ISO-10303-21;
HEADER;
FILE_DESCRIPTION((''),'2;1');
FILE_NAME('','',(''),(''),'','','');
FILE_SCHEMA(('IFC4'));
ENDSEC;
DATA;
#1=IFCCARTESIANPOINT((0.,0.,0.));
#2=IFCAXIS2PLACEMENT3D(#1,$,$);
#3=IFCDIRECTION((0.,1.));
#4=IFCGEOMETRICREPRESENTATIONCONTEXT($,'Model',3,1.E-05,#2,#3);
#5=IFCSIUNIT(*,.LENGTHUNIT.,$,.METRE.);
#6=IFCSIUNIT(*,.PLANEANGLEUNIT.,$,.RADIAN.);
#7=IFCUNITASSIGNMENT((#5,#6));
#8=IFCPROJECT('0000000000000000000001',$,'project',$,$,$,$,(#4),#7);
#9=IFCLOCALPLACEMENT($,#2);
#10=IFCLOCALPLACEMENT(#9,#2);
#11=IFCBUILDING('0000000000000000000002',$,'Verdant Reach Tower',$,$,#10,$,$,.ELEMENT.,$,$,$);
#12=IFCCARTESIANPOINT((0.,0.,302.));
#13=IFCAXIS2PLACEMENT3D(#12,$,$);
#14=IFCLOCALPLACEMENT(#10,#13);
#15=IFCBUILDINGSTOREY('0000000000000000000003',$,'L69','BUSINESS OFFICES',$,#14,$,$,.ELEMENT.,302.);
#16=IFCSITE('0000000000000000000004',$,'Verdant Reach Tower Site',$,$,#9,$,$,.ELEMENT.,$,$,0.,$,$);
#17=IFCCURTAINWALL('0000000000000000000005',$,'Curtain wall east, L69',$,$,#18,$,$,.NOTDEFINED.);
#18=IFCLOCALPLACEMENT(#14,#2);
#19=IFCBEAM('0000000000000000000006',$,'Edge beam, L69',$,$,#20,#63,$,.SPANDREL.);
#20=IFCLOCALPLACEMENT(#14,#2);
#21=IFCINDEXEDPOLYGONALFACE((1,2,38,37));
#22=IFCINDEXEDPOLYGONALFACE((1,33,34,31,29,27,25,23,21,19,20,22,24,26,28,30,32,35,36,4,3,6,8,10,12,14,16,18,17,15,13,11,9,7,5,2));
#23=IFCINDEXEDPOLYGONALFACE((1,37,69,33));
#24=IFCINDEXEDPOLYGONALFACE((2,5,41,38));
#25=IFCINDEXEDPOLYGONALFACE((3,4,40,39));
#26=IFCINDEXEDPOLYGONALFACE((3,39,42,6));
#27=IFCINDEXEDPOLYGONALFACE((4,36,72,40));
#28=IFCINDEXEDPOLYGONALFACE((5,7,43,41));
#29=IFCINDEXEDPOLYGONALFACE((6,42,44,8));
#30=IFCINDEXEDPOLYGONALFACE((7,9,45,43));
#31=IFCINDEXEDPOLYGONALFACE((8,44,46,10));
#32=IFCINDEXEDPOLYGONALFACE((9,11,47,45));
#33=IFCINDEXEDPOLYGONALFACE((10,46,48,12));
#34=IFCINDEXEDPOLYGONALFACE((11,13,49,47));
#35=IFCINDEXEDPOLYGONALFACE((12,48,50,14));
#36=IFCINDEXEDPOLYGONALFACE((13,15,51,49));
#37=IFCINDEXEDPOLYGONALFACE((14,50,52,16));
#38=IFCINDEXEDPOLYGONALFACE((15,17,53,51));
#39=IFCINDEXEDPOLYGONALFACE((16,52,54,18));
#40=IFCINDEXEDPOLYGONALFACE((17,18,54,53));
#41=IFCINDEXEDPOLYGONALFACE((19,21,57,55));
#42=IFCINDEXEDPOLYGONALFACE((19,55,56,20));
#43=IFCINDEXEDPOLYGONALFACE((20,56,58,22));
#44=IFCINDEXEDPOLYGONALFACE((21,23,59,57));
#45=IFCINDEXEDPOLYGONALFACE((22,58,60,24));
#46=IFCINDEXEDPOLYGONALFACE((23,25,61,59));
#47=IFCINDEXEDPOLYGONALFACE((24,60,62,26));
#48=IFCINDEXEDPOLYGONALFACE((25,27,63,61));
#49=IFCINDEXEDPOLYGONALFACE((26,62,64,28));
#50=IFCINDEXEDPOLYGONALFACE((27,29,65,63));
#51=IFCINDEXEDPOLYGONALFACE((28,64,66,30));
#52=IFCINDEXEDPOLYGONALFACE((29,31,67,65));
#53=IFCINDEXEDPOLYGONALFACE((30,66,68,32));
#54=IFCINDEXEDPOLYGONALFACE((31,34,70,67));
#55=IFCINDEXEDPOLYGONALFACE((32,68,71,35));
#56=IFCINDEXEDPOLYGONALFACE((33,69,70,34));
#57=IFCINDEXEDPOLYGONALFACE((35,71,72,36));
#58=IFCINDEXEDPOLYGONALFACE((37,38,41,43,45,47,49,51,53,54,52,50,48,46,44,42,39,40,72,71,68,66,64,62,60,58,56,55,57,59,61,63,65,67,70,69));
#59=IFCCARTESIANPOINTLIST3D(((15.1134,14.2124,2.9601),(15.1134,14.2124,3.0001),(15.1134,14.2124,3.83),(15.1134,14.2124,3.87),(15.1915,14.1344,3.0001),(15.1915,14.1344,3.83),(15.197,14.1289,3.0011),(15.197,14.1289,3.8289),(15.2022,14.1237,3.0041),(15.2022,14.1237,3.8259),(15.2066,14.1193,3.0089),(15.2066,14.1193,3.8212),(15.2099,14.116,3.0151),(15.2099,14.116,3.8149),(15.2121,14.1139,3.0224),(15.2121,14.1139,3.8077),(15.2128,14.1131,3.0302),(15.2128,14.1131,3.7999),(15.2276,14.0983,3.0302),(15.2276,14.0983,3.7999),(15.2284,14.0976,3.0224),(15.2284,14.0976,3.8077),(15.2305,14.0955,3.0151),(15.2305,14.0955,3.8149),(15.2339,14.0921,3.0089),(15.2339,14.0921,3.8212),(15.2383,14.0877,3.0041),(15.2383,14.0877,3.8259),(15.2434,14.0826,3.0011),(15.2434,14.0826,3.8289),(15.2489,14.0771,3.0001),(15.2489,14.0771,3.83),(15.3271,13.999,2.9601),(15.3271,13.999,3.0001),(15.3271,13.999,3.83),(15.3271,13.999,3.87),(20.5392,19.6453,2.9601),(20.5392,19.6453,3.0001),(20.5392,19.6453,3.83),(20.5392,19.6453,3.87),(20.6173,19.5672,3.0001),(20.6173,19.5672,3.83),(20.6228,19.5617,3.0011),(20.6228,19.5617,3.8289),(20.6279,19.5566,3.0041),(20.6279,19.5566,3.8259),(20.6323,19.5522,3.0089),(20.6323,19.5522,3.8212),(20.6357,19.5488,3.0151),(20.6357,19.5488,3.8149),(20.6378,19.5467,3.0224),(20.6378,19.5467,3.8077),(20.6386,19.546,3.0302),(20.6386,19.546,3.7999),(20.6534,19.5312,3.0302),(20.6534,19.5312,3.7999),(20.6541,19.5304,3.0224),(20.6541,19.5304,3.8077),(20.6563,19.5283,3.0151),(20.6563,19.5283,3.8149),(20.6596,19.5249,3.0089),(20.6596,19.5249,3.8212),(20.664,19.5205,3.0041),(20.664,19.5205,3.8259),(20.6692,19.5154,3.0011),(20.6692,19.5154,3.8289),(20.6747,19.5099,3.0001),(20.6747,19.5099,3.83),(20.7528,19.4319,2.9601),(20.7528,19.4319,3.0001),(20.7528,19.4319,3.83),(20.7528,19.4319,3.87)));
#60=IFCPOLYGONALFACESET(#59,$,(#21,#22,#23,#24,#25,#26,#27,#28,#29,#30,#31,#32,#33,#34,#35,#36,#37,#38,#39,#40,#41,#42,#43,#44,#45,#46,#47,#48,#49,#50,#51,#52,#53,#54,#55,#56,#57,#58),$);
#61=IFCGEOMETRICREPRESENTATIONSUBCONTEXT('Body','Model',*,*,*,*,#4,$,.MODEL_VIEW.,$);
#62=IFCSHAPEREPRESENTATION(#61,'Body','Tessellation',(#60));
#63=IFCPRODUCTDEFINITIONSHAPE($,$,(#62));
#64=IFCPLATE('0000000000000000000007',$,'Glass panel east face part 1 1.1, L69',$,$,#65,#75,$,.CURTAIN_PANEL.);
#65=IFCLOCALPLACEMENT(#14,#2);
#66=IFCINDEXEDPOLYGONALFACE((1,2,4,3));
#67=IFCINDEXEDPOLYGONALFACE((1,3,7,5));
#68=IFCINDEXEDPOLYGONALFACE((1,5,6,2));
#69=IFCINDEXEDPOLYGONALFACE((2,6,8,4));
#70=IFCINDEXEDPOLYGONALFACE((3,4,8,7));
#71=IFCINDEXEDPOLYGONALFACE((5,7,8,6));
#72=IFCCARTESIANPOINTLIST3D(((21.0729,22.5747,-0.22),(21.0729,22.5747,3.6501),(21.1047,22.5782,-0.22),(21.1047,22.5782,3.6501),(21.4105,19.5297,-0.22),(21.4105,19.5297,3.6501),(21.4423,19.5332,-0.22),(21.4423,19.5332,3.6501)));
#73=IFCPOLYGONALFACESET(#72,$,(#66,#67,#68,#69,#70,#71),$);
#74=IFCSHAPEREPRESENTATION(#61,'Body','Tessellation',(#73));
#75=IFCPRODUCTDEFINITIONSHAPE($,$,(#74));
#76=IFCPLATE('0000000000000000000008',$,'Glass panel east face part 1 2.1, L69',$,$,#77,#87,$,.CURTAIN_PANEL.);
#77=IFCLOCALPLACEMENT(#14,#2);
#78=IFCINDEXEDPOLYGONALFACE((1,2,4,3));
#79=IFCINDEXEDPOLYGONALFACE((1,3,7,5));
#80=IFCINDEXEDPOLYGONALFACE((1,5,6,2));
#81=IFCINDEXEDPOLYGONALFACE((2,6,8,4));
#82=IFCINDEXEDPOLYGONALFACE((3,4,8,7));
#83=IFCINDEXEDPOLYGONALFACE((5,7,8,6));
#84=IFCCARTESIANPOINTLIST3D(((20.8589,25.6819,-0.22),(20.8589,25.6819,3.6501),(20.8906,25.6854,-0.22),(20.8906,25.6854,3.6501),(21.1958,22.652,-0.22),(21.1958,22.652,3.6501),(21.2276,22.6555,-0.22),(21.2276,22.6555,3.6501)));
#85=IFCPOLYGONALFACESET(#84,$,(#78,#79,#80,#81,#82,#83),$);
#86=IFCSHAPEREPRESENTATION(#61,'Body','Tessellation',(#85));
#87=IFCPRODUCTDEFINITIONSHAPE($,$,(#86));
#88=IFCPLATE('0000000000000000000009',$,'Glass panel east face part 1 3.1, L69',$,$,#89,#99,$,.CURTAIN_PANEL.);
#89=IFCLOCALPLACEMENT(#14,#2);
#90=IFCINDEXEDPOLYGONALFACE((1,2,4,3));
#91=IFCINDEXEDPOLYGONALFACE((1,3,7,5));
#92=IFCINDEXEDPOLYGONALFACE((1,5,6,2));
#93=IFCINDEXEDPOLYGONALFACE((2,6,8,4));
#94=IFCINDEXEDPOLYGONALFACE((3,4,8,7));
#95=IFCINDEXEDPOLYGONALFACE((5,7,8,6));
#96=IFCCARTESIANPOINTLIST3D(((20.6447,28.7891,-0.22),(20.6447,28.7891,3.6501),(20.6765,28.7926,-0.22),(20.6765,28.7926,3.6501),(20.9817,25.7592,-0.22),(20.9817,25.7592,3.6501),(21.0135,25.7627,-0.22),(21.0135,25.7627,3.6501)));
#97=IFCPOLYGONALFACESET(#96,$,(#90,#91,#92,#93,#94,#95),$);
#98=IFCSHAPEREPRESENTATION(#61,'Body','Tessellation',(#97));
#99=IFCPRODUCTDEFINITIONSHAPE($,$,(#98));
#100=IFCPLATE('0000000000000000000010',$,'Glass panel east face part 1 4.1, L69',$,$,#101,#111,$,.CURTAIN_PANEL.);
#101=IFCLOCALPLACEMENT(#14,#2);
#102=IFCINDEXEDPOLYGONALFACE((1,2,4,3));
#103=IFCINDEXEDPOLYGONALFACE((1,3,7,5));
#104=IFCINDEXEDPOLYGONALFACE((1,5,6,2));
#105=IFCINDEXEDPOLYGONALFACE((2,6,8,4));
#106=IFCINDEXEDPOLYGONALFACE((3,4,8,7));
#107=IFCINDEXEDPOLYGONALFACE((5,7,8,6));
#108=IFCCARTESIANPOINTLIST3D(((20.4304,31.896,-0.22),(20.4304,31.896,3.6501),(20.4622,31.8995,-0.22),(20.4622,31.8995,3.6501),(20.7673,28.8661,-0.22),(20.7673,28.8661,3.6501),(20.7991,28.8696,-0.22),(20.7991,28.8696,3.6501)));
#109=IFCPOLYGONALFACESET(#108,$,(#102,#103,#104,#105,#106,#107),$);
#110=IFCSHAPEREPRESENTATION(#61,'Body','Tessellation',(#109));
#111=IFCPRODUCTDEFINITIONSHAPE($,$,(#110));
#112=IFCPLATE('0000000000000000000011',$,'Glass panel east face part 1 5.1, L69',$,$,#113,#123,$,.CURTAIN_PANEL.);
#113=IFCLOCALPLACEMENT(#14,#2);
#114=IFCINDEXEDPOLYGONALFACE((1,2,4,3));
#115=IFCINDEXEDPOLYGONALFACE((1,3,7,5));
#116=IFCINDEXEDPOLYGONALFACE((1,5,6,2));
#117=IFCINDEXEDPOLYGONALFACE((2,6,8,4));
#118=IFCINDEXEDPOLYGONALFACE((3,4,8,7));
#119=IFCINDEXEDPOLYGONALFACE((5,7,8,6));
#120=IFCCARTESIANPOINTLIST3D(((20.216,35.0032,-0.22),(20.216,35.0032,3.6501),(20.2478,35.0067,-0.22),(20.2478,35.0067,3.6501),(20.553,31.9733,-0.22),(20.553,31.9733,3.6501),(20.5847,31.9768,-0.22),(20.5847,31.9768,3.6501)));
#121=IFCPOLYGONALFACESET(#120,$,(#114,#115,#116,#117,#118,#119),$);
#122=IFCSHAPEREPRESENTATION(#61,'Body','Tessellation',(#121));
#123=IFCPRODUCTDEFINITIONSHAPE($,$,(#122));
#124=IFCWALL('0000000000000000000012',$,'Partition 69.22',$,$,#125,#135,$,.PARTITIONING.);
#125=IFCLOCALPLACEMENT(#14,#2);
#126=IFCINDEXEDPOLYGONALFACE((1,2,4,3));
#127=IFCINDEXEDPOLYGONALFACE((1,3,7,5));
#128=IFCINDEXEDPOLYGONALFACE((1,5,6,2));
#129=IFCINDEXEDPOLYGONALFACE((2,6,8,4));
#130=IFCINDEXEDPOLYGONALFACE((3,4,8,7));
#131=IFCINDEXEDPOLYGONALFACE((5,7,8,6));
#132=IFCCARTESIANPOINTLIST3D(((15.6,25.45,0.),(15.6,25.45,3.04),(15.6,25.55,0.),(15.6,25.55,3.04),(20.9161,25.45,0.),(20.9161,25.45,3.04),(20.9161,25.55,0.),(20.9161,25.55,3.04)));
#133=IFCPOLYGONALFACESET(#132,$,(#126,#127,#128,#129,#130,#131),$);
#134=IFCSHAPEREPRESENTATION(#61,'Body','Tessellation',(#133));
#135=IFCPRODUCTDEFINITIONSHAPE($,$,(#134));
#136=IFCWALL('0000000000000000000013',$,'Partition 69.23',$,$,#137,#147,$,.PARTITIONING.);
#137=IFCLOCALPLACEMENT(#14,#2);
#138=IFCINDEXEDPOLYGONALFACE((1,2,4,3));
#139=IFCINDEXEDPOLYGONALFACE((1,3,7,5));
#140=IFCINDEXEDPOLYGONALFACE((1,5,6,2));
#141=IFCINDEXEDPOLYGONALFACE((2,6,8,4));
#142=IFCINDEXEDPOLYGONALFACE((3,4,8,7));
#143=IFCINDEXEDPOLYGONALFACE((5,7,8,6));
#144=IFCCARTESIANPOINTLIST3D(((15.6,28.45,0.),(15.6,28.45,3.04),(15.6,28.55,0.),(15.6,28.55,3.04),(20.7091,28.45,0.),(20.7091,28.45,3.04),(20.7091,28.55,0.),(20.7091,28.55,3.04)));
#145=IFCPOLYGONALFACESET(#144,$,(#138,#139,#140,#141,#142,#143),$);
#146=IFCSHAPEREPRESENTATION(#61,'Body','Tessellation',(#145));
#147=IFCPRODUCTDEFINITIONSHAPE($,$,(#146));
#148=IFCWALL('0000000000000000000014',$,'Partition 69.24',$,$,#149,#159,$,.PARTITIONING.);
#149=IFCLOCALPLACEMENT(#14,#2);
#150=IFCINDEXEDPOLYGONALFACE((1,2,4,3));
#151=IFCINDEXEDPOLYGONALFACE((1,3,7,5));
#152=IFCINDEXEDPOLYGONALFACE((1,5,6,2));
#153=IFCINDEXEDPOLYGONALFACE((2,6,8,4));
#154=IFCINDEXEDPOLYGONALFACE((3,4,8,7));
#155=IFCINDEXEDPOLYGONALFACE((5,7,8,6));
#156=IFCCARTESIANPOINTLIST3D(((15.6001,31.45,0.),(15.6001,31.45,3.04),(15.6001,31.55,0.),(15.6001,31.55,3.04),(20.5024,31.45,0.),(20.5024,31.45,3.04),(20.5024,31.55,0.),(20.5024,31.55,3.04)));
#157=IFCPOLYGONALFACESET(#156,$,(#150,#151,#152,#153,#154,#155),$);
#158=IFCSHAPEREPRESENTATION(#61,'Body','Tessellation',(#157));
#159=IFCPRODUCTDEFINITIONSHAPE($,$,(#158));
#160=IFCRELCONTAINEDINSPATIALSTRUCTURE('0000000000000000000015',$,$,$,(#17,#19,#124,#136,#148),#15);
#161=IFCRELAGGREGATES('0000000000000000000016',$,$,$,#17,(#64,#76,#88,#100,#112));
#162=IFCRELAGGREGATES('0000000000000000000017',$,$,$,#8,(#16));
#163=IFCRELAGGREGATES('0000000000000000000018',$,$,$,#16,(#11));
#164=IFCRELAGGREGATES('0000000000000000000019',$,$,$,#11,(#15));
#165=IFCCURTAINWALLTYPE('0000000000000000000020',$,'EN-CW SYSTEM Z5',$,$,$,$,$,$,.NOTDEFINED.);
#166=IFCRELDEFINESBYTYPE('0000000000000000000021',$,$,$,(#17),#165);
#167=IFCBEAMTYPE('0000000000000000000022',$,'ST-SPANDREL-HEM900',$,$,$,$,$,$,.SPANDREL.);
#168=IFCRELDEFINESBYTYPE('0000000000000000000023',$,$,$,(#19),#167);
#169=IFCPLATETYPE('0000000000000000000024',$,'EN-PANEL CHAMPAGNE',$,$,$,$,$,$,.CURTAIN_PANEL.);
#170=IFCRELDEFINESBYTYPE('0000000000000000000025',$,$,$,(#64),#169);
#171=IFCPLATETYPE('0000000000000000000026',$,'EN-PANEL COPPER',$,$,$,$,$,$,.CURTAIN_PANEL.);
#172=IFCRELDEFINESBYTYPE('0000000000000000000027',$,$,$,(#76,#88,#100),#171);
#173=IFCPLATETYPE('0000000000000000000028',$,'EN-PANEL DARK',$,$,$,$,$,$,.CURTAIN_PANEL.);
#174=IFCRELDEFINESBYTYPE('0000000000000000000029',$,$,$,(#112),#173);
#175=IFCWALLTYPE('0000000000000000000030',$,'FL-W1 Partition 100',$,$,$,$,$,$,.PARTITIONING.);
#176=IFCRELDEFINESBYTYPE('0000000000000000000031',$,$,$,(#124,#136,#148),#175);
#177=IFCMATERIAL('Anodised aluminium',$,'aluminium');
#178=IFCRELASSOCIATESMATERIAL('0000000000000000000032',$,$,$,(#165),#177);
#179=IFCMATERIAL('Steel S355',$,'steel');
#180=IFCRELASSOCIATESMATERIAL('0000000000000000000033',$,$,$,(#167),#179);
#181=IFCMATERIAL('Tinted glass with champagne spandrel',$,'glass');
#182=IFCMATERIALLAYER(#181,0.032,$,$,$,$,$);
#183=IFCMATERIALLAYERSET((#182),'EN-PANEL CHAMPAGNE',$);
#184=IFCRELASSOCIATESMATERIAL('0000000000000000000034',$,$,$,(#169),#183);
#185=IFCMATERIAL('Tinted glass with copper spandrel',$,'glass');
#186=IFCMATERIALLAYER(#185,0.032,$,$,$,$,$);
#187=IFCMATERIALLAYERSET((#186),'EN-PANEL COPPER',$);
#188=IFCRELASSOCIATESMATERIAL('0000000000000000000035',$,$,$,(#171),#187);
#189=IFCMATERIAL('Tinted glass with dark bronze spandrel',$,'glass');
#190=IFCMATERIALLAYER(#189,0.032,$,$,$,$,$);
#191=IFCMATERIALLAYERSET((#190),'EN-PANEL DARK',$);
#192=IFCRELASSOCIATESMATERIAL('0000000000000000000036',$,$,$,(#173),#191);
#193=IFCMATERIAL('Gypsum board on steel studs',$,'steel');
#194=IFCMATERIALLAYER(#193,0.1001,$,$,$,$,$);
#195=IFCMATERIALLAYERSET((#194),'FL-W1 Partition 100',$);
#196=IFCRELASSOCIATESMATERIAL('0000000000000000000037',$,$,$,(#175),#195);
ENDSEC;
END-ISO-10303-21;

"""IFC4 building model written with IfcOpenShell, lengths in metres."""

from ifc_helpers import new_model, si_unit, direction, frame, frame_2d, origin, origin_2d, place, context, subcontext, project, spatial, rectangle, i_section, extrude, material, layer, layer_set, material_profile, profile_set, type_object, element, aggregate, save


model = new_model("IFC4")

# Units and contexts
model_context = context("Model", 3, precision=1e-05, world=origin(), true_north=direction((0.0, 1.0)))
body_context = subcontext(model_context, "Body", "Model", "MODEL_VIEW")
ifc_project = project(units=[si_unit("LENGTHUNIT", "METRE"), si_unit("PLANEANGLEUNIT", "RADIAN")], contexts=[model_context])

# Site, building, storey
site_placement = place(None, origin())
site = spatial("IfcSite", under=ifc_project, at=site_placement, Name="Verdant Reach Tower Site", CompositionType="ELEMENT", RefElevation=0.0)
building_placement = place(site_placement, origin())
building = spatial("IfcBuilding", under=site, at=building_placement, Name="Verdant Reach Tower", CompositionType="ELEMENT")
storey_placement = place(building_placement, frame((0.0, 0.0, 302.0)))
storey = spatial("IfcBuildingStorey", under=building, at=storey_placement, Name="L69", Description="BUSINESS OFFICES", CompositionType="ELEMENT", Elevation=302.0)

# Curtain wall
ifc_material_1 = material(Name="Anodised aluminium", Category="aluminium")
curtain_wall_type = type_object("IfcCurtainWallType", Name="EN-CW SYSTEM Z5", PredefinedType="NOTDEFINED", material=ifc_material_1)
curtain_wall_placement = place(storey_placement, origin())
curtain_wall = element("IfcCurtainWall", 1, at=curtain_wall_placement, inside=storey, type_object=curtain_wall_type, Name="Curtain wall east, L69", PredefinedType="NOTDEFINED")

# Beam
ifc_material_2 = material(Name="Steel S355", Category="steel")
ifc_material_profile_1 = material_profile(ifc_material_2, i_section(OverallWidth=0.302, OverallDepth=0.9099, WebThickness=0.021, FlangeThickness=0.04, FilletRadius=0.03, at=origin_2d()), Name="HEM 900")
ifc_profile_set_1 = profile_set([ifc_material_profile_1], Name="Steel S355")
beam_type_1 = type_object("IfcBeamType", Name="ST-SPANDREL-HEM900", PredefinedType="SPANDREL", material=ifc_profile_set_1)
beam_1_placement = place(storey_placement, frame((20.646, 19.5386, 3.415), z_axis=(-0.706646, -0.707568, 0.0), x_axis=(0.707568, -0.706646, 0.0)))
element("IfcBeam", 2, at=beam_1_placement, inside=storey, type_object=beam_type_1, Name="Edge beam, L69", PredefinedType="SPANDREL", context=body_context, shape_type="SweptSolid", body=[
    extrude(i_section(OverallWidth=0.302, OverallDepth=0.9099, WebThickness=0.021, FlangeThickness=0.04, FilletRadius=0.03, at=origin_2d()), origin(), (0.0, 0.0, 1.0), 7.6782),
])

# Plates
ifc_material_3 = material(Name="Tinted glass with champagne spandrel", Category="glass")
ifc_layer_1 = layer(ifc_material_3, 0.032)
ifc_layer_set_1 = layer_set([ifc_layer_1], Name="EN-PANEL CHAMPAGNE")
plate_type_1 = type_object("IfcPlateType", Name="EN-PANEL CHAMPAGNE", PredefinedType="CURTAIN_PANEL", material=ifc_layer_set_1)
plate_1_placement = place(storey_placement, frame((21.2576, 21.054, -0.22), z_axis=(0.0, 0.0, 1.0), x_axis=(-0.110198, 0.99391, 0.0)))
plate_1 = element("IfcPlate", 3, at=plate_1_placement, type_object=plate_type_1, Name="Glass panel east face part 1 1.1, L69", PredefinedType="CURTAIN_PANEL", context=body_context, shape_type="SweptSolid", body=[
    extrude(rectangle(XDim=3.0637, YDim=0.032, at=origin_2d()), origin(), (0.0, 0.0, 1.0), 3.8701),
])
ifc_material_4 = material(Name="Tinted glass with copper spandrel", Category="glass")
ifc_layer_2 = layer(ifc_material_4, 0.032)
ifc_layer_set_2 = layer_set([ifc_layer_2], Name="EN-PANEL COPPER")
plate_type_2 = type_object("IfcPlateType", Name="EN-PANEL COPPER", PredefinedType="CURTAIN_PANEL", material=ifc_layer_set_2)
plate_2_placement = place(storey_placement, frame((21.0432, 24.1687, -0.22), z_axis=(0.0, 0.0, 1.0), x_axis=(-0.110518, 0.993874, 0.0)))
plate_2 = element("IfcPlate", 4, at=plate_2_placement, type_object=plate_type_2, Name="Glass panel east face part 1 2.1, L69", PredefinedType="CURTAIN_PANEL", context=body_context, shape_type="SweptSolid", body=[
    extrude(rectangle(XDim=3.0486, YDim=0.032, at=origin_2d()), origin(), (0.0, 0.0, 1.0), 3.8701),
])
plate_3_placement = place(storey_placement, frame((20.8291, 27.2759, -0.22), z_axis=(0.0, 0.0, 1.0), x_axis=(-0.110518, 0.993874, 0.0)))
plate_3 = element("IfcPlate", 5, at=plate_3_placement, type_object=plate_type_2, Name="Glass panel east face part 1 3.1, L69", PredefinedType="CURTAIN_PANEL", context=body_context, shape_type="SweptSolid", body=[
    extrude(rectangle(XDim=3.0486, YDim=0.032, at=origin_2d()), origin(), (0.0, 0.0, 1.0), 3.8701),
])
plate_4_placement = place(storey_placement, frame((20.6147, 30.3828, -0.22), z_axis=(0.0, 0.0, 1.0), x_axis=(-0.110518, 0.993874, 0.0)))
plate_4 = element("IfcPlate", 6, at=plate_4_placement, type_object=plate_type_2, Name="Glass panel east face part 1 4.1, L69", PredefinedType="CURTAIN_PANEL", context=body_context, shape_type="SweptSolid", body=[
    extrude(rectangle(XDim=3.0486, YDim=0.032, at=origin_2d()), origin(), (0.0, 0.0, 1.0), 3.8701),
])
ifc_material_5 = material(Name="Tinted glass with dark bronze spandrel", Category="glass")
ifc_layer_3 = layer(ifc_material_5, 0.032)
ifc_layer_set_3 = layer_set([ifc_layer_3], Name="EN-PANEL DARK")
plate_type_3 = type_object("IfcPlateType", Name="EN-PANEL DARK", PredefinedType="CURTAIN_PANEL", material=ifc_layer_set_3)
plate_5_placement = place(storey_placement, frame((20.4004, 33.49, -0.22), z_axis=(0.0, 0.0, 1.0), x_axis=(-0.110518, 0.993874, 0.0)))
plate_5 = element("IfcPlate", 7, at=plate_5_placement, type_object=plate_type_3, Name="Glass panel east face part 1 5.1, L69", PredefinedType="CURTAIN_PANEL", context=body_context, shape_type="SweptSolid", body=[
    extrude(rectangle(XDim=3.0486, YDim=0.032, at=origin_2d()), origin(), (0.0, 0.0, 1.0), 3.8701),
])
aggregate(curtain_wall, [plate_1, plate_2, plate_3, plate_4, plate_5])

# Walls
ifc_material_6 = material(Name="Gypsum board on steel studs", Category="steel")
ifc_layer_4 = layer(ifc_material_6, 0.1001)
ifc_layer_set_4 = layer_set([ifc_layer_4], Name="FL-W1 Partition 100")
wall_type_1 = type_object("IfcWallType", Name="FL-W1 Partition 100", PredefinedType="PARTITIONING", material=ifc_layer_set_4)
wall_1_placement = place(storey_placement, frame((20.9163, 25.5, 0.0), z_axis=(0.0, 0.0, 1.0), x_axis=(-1.0, 0.0, 0.0)))
element("IfcWall", 8, at=wall_1_placement, inside=storey, type_object=wall_type_1, Name="Partition 69.22", PredefinedType="PARTITIONING", context=body_context, shape_type="SweptSolid", body=[
    extrude(rectangle(XDim=5.3162, YDim=0.1001, at=frame_2d((2.6582, 0.0))), origin(), (0.0, 0.0, 1.0), 3.04),
])
wall_2_placement = place(storey_placement, frame((20.7092, 28.5, 0.0), z_axis=(0.0, 0.0, 1.0), x_axis=(-1.0, 0.0, 0.0)))
element("IfcWall", 9, at=wall_2_placement, inside=storey, type_object=wall_type_1, Name="Partition 69.23", PredefinedType="PARTITIONING", context=body_context, shape_type="SweptSolid", body=[
    extrude(rectangle(XDim=5.1091, YDim=0.1001, at=frame_2d((2.5547, 0.0))), origin(), (0.0, 0.0, 1.0), 3.04),
])
wall_3_placement = place(storey_placement, frame((20.5024, 31.5, 0.0), z_axis=(0.0, 0.0, 1.0), x_axis=(-1.0, 0.0, 0.0)))
element("IfcWall", 10, at=wall_3_placement, inside=storey, type_object=wall_type_1, Name="Partition 69.24", PredefinedType="PARTITIONING", context=body_context, shape_type="SweptSolid", body=[
    extrude(rectangle(XDim=4.9023, YDim=0.1001, at=frame_2d((2.4512, 0.0))), origin(), (0.0, 0.0, 1.0), 3.04),
])

save(model, "model.ifc")
